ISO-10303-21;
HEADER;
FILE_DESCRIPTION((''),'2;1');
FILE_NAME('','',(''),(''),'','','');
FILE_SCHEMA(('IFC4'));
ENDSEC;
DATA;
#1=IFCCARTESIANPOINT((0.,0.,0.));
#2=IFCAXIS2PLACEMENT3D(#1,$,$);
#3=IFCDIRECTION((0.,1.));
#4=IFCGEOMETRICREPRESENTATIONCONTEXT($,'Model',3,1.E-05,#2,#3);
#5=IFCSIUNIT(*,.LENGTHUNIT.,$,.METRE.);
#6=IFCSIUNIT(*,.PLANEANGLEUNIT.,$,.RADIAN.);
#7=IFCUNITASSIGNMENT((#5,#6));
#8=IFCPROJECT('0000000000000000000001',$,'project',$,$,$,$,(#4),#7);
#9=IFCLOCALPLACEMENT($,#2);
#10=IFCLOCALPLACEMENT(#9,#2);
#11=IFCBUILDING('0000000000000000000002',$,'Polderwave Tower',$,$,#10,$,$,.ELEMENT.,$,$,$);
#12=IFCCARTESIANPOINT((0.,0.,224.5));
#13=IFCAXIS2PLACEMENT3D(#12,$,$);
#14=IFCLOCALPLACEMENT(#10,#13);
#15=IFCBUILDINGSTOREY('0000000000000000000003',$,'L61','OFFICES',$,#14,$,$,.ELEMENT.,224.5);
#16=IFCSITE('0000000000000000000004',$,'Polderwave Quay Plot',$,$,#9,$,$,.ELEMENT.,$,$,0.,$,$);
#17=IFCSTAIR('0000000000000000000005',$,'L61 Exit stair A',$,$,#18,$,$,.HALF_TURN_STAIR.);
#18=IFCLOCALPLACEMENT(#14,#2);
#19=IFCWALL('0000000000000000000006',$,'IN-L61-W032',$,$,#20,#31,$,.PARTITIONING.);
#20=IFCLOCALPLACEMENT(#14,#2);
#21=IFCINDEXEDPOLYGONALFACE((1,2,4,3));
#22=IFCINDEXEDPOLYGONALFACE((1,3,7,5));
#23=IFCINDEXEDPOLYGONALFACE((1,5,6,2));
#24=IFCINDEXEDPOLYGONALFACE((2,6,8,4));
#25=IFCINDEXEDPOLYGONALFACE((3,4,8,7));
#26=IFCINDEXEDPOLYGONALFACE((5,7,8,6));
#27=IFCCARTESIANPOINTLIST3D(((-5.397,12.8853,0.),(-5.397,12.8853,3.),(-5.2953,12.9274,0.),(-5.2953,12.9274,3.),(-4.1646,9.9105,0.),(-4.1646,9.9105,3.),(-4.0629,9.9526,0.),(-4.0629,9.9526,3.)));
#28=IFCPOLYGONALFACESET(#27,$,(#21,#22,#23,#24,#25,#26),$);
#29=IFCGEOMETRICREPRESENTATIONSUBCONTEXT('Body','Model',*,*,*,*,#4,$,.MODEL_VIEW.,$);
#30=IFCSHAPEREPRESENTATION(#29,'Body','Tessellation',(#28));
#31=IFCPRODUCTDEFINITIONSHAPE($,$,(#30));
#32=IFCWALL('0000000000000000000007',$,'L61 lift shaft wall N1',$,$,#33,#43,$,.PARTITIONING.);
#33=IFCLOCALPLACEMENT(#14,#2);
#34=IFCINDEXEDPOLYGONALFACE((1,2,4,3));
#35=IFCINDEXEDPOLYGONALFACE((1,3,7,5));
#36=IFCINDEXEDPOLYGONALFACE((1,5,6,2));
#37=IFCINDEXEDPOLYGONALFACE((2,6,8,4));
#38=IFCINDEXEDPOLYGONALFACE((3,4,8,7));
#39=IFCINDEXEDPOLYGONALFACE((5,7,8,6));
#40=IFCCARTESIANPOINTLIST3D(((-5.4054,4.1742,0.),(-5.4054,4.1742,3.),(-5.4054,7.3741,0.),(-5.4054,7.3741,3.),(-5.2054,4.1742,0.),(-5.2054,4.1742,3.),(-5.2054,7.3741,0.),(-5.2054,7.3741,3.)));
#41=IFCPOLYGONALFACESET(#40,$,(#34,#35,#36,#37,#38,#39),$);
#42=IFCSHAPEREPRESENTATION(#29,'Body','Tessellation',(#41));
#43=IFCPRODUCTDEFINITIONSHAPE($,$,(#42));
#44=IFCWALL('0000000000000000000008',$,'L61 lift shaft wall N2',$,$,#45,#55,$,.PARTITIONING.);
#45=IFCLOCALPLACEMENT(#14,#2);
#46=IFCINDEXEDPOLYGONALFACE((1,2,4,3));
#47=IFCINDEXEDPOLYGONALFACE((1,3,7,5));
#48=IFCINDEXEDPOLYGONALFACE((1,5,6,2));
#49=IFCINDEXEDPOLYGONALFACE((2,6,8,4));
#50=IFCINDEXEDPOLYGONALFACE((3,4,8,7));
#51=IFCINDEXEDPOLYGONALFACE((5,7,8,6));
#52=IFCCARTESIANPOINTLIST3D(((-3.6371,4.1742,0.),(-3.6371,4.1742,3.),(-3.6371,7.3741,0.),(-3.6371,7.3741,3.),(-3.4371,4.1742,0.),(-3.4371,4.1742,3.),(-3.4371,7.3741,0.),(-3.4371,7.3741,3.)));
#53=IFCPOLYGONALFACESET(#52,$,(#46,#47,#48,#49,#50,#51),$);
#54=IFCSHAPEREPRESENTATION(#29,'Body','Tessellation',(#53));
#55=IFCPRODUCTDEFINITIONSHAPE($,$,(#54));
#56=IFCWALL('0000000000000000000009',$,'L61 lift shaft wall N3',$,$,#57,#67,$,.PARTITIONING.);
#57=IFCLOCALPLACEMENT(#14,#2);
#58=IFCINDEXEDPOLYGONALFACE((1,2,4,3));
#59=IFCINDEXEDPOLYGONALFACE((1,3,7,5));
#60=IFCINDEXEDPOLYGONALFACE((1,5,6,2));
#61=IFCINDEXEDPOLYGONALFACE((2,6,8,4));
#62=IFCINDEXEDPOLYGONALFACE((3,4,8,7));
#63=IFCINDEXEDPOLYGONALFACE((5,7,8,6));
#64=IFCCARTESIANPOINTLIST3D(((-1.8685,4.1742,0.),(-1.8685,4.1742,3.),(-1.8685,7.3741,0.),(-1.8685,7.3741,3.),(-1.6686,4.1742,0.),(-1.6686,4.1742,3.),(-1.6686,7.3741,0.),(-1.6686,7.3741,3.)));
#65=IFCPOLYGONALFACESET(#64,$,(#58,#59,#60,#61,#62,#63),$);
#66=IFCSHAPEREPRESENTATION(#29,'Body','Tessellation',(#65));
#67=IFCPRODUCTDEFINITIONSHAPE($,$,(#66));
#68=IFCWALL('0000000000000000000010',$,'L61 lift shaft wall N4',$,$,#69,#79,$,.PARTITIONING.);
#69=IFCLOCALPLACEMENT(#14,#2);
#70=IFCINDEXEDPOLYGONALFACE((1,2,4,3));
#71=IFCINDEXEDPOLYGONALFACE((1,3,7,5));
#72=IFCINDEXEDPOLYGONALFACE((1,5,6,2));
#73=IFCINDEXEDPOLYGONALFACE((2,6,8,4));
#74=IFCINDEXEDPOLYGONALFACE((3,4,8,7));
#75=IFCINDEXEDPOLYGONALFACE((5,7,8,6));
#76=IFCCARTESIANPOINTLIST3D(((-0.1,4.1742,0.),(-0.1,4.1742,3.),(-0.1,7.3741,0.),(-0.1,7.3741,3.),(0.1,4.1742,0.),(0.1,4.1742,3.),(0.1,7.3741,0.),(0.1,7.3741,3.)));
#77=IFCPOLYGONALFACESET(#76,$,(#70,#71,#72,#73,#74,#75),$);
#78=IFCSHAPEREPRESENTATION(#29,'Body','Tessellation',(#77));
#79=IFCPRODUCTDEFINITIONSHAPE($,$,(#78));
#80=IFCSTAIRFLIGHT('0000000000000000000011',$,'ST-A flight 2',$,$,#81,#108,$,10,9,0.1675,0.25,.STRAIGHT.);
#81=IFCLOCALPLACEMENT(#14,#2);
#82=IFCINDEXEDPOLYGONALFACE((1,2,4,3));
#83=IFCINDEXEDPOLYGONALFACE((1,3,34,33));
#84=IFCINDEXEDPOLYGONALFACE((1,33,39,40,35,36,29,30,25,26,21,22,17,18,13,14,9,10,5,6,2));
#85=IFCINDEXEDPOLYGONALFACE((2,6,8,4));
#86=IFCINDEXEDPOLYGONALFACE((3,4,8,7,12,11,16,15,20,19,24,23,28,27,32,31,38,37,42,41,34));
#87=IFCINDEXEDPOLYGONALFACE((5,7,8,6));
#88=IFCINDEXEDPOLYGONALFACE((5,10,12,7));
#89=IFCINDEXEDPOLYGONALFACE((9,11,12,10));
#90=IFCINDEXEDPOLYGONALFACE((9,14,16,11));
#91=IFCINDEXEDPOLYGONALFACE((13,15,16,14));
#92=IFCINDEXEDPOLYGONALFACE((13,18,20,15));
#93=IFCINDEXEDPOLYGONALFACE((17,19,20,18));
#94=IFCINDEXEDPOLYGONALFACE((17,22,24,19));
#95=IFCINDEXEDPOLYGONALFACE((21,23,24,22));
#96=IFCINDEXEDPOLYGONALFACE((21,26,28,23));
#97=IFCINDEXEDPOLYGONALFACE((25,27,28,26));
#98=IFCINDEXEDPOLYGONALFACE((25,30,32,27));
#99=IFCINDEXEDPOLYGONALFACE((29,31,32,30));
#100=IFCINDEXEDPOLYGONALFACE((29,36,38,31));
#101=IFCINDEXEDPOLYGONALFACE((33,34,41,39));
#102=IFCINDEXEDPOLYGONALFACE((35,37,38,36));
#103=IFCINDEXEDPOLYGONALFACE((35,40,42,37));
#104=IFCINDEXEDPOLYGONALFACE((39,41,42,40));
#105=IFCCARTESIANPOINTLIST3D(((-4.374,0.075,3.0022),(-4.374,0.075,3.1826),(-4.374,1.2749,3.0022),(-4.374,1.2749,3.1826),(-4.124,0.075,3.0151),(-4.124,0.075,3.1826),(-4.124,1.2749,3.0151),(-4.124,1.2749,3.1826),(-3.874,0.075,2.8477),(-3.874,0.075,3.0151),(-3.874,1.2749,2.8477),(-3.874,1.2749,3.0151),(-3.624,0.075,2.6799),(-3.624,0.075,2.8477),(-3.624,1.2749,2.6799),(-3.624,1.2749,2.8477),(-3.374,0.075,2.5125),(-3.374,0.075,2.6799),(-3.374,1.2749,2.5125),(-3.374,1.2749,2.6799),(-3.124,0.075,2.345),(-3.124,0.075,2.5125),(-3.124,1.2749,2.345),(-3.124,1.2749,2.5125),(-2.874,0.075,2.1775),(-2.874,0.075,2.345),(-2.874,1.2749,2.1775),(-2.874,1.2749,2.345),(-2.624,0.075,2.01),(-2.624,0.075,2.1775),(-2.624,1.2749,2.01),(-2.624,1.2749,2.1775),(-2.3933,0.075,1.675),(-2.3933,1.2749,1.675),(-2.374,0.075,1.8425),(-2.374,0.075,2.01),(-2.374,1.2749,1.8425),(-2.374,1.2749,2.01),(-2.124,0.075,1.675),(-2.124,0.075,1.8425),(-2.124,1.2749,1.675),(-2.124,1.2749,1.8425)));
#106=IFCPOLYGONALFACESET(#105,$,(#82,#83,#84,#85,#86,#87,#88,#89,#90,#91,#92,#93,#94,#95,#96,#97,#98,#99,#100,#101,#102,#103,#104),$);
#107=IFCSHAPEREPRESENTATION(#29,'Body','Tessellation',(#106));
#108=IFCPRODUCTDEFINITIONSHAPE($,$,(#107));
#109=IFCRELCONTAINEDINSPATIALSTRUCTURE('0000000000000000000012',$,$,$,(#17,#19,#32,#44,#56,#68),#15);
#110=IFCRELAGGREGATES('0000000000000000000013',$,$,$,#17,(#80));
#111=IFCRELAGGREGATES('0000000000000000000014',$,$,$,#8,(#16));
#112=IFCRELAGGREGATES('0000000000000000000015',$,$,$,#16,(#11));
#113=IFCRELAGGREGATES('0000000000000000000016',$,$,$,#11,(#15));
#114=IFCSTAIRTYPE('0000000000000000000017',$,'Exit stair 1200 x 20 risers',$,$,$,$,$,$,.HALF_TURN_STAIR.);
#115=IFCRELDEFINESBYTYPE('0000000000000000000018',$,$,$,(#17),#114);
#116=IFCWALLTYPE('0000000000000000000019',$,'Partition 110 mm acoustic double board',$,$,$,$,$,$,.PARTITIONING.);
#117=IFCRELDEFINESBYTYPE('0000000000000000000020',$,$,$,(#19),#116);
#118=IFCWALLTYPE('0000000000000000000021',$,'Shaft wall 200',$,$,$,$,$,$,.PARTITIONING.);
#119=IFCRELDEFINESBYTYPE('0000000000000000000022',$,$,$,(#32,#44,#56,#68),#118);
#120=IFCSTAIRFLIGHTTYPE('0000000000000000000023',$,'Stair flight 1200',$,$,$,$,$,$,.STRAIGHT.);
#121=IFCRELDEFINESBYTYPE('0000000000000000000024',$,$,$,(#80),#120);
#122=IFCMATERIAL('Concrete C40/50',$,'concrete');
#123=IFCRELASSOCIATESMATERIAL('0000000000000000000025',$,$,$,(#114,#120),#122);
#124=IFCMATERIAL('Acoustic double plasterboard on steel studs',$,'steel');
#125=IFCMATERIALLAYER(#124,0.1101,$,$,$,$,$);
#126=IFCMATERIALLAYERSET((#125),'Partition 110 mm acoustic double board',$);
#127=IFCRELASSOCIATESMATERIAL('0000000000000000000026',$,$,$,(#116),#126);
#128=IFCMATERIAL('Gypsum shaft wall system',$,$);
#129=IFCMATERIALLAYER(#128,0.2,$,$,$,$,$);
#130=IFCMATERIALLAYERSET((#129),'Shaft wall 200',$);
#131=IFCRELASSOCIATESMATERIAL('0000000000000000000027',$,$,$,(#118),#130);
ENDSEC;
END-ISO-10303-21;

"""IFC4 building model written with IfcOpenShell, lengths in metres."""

from ifc_helpers import new_model, si_unit, direction, frame, frame_2d, origin, place, context, subcontext, project, spatial, polyline, rectangle, outline, extrude, material, layer, layer_set, type_object, element, aggregate, save


model = new_model("IFC4")

# Units and contexts
model_context = context("Model", 3, precision=1e-05, world=origin(), true_north=direction((0.0, 1.0)))
body_context = subcontext(model_context, "Body", "Model", "MODEL_VIEW")
ifc_project = project(units=[si_unit("LENGTHUNIT", "METRE"), si_unit("PLANEANGLEUNIT", "RADIAN")], contexts=[model_context])

# Site, building, storey
site_placement = place(None, origin())
site = spatial("IfcSite", under=ifc_project, at=site_placement, Name="Polderwave Quay Plot", CompositionType="ELEMENT", RefElevation=0.0)
building_placement = place(site_placement, origin())
building = spatial("IfcBuilding", under=site, at=building_placement, Name="Polderwave Tower", CompositionType="ELEMENT")
storey_placement = place(building_placement, frame((0.0, 0.0, 224.5)))
storey = spatial("IfcBuildingStorey", under=building, at=storey_placement, Name="L61", Description="OFFICES", CompositionType="ELEMENT", Elevation=224.5)

# Shared definitions
ifc_material_1 = material(Name="Concrete C40/50", Category="concrete")

# Stair
stair_type = type_object("IfcStairType", Name="Exit stair 1200 x 20 risers", PredefinedType="HALF_TURN_STAIR", material=ifc_material_1)
stair_1_placement = place(storey_placement, origin())
stair_1 = element("IfcStair", 1, at=stair_1_placement, inside=storey, type_object=stair_type, Name="L61 Exit stair A", PredefinedType="HALF_TURN_STAIR")

# Walls
ifc_material_2 = material(Name="Acoustic double plasterboard on steel studs", Category="steel")
ifc_layer_1 = layer(ifc_material_2, 0.1101)
ifc_layer_set_1 = layer_set([ifc_layer_1], Name="Partition 110 mm acoustic double board")
wall_type_1 = type_object("IfcWallType", Name="Partition 110 mm acoustic double board", PredefinedType="PARTITIONING", material=ifc_layer_set_1)
wall_1_placement = place(storey_placement, frame((-4.1138, 9.9316, 0.0), z_axis=(0.0, 0.0, 1.0), x_axis=(-0.382736, 0.923858, 0.0)))
element("IfcWall", 2, at=wall_1_placement, inside=storey, type_object=wall_type_1, Name="IN-L61-W032", PredefinedType="PARTITIONING", context=body_context, shape_type="SweptSolid", body=[
    extrude(rectangle(XDim=3.22, YDim=0.1101, at=frame_2d((1.6099, 0.0))), origin(), (0.0, 0.0, 1.0), 3.0),
])
ifc_material_3 = material(Name="Gypsum shaft wall system")
ifc_layer_2 = layer(ifc_material_3, 0.2)
ifc_layer_set_2 = layer_set([ifc_layer_2], Name="Shaft wall 200")
wall_type_2 = type_object("IfcWallType", Name="Shaft wall 200", PredefinedType="PARTITIONING", material=ifc_layer_set_2)
for number, where, z_axis, x_axis, name in (
    (3, (-5.3054, 4.1741, 0.0), (0.0, 0.0, 1.0), (0.0, 1.0, 0.0), "L61 lift shaft wall N1"),
    (4, (-3.5371, 4.1741, 0.0), (0.0, 0.0, 1.0), (0.0, 1.0, 0.0), "L61 lift shaft wall N2"),
    (5, (-1.7686, 4.1741, 0.0), (0.0, 0.0, 1.0), (0.0, 1.0, 0.0), "L61 lift shaft wall N3"),
    (6, (0.0, 4.1741, 0.0), (0.0, 0.0, 1.0), (0.0, 1.0, 0.0), "L61 lift shaft wall N4"),
):
    element("IfcWall", number, at=place(storey_placement, frame(where, z_axis=z_axis, x_axis=x_axis)), inside=storey, type_object=wall_type_2, Name=name, PredefinedType="PARTITIONING", context=body_context, shape_type="SweptSolid", body=[
        extrude(rectangle(XDim=3.2, YDim=0.2, at=frame_2d((1.6001, 0.0))), origin(), (0.0, 0.0, 1.0), 3.0),
    ])

# Stair flight
stair_flight_type = type_object("IfcStairFlightType", Name="Stair flight 1200", PredefinedType="STRAIGHT", material=ifc_material_1)
stair_flight_placement = place(storey_placement, frame((-2.124, 0.675, 1.675), z_axis=(0.0, 0.0, 1.0), x_axis=(-1.0, 0.0, 0.0)))
stair_flight = element("IfcStairFlight", 7, at=stair_flight_placement, type_object=stair_flight_type, Name="ST-A flight 2", NumberOfRisers=10, NumberOfTreads=9, PredefinedType="STRAIGHT", RiserHeight=0.1675, TreadLength=0.25, context=body_context, shape_type="SweptSolid", body=[
    extrude(outline(polyline([(0.0, 0.0), (0.0, 0.1675), (0.25, 0.1675), (0.25, 0.335), (0.5, 0.335), (0.5, 0.5024), (0.75, 0.5024), (0.75, 0.6699), (1.0, 0.6699), (1.0, 0.8374), (1.25, 0.8374), (1.25, 1.0049), (1.5, 1.0049), (1.5, 1.1726), (1.75, 1.1726), (1.75, 1.3401), (2.0, 1.3401), (2.0, 1.5076), (2.25, 1.5076), (2.25, 1.675), (2.25, 1.3271), (0.2693, 0.0), (0.0, 0.0)])), frame((0.0, 0.6001, 0.0), z_axis=(0.0, -1.0, 0.0), x_axis=(1.0, 0.0, 0.0)), (0.0, 0.0, 1.0), 1.2),
])
aggregate(stair_1, [stair_flight])

save(model, "model.ifc")
